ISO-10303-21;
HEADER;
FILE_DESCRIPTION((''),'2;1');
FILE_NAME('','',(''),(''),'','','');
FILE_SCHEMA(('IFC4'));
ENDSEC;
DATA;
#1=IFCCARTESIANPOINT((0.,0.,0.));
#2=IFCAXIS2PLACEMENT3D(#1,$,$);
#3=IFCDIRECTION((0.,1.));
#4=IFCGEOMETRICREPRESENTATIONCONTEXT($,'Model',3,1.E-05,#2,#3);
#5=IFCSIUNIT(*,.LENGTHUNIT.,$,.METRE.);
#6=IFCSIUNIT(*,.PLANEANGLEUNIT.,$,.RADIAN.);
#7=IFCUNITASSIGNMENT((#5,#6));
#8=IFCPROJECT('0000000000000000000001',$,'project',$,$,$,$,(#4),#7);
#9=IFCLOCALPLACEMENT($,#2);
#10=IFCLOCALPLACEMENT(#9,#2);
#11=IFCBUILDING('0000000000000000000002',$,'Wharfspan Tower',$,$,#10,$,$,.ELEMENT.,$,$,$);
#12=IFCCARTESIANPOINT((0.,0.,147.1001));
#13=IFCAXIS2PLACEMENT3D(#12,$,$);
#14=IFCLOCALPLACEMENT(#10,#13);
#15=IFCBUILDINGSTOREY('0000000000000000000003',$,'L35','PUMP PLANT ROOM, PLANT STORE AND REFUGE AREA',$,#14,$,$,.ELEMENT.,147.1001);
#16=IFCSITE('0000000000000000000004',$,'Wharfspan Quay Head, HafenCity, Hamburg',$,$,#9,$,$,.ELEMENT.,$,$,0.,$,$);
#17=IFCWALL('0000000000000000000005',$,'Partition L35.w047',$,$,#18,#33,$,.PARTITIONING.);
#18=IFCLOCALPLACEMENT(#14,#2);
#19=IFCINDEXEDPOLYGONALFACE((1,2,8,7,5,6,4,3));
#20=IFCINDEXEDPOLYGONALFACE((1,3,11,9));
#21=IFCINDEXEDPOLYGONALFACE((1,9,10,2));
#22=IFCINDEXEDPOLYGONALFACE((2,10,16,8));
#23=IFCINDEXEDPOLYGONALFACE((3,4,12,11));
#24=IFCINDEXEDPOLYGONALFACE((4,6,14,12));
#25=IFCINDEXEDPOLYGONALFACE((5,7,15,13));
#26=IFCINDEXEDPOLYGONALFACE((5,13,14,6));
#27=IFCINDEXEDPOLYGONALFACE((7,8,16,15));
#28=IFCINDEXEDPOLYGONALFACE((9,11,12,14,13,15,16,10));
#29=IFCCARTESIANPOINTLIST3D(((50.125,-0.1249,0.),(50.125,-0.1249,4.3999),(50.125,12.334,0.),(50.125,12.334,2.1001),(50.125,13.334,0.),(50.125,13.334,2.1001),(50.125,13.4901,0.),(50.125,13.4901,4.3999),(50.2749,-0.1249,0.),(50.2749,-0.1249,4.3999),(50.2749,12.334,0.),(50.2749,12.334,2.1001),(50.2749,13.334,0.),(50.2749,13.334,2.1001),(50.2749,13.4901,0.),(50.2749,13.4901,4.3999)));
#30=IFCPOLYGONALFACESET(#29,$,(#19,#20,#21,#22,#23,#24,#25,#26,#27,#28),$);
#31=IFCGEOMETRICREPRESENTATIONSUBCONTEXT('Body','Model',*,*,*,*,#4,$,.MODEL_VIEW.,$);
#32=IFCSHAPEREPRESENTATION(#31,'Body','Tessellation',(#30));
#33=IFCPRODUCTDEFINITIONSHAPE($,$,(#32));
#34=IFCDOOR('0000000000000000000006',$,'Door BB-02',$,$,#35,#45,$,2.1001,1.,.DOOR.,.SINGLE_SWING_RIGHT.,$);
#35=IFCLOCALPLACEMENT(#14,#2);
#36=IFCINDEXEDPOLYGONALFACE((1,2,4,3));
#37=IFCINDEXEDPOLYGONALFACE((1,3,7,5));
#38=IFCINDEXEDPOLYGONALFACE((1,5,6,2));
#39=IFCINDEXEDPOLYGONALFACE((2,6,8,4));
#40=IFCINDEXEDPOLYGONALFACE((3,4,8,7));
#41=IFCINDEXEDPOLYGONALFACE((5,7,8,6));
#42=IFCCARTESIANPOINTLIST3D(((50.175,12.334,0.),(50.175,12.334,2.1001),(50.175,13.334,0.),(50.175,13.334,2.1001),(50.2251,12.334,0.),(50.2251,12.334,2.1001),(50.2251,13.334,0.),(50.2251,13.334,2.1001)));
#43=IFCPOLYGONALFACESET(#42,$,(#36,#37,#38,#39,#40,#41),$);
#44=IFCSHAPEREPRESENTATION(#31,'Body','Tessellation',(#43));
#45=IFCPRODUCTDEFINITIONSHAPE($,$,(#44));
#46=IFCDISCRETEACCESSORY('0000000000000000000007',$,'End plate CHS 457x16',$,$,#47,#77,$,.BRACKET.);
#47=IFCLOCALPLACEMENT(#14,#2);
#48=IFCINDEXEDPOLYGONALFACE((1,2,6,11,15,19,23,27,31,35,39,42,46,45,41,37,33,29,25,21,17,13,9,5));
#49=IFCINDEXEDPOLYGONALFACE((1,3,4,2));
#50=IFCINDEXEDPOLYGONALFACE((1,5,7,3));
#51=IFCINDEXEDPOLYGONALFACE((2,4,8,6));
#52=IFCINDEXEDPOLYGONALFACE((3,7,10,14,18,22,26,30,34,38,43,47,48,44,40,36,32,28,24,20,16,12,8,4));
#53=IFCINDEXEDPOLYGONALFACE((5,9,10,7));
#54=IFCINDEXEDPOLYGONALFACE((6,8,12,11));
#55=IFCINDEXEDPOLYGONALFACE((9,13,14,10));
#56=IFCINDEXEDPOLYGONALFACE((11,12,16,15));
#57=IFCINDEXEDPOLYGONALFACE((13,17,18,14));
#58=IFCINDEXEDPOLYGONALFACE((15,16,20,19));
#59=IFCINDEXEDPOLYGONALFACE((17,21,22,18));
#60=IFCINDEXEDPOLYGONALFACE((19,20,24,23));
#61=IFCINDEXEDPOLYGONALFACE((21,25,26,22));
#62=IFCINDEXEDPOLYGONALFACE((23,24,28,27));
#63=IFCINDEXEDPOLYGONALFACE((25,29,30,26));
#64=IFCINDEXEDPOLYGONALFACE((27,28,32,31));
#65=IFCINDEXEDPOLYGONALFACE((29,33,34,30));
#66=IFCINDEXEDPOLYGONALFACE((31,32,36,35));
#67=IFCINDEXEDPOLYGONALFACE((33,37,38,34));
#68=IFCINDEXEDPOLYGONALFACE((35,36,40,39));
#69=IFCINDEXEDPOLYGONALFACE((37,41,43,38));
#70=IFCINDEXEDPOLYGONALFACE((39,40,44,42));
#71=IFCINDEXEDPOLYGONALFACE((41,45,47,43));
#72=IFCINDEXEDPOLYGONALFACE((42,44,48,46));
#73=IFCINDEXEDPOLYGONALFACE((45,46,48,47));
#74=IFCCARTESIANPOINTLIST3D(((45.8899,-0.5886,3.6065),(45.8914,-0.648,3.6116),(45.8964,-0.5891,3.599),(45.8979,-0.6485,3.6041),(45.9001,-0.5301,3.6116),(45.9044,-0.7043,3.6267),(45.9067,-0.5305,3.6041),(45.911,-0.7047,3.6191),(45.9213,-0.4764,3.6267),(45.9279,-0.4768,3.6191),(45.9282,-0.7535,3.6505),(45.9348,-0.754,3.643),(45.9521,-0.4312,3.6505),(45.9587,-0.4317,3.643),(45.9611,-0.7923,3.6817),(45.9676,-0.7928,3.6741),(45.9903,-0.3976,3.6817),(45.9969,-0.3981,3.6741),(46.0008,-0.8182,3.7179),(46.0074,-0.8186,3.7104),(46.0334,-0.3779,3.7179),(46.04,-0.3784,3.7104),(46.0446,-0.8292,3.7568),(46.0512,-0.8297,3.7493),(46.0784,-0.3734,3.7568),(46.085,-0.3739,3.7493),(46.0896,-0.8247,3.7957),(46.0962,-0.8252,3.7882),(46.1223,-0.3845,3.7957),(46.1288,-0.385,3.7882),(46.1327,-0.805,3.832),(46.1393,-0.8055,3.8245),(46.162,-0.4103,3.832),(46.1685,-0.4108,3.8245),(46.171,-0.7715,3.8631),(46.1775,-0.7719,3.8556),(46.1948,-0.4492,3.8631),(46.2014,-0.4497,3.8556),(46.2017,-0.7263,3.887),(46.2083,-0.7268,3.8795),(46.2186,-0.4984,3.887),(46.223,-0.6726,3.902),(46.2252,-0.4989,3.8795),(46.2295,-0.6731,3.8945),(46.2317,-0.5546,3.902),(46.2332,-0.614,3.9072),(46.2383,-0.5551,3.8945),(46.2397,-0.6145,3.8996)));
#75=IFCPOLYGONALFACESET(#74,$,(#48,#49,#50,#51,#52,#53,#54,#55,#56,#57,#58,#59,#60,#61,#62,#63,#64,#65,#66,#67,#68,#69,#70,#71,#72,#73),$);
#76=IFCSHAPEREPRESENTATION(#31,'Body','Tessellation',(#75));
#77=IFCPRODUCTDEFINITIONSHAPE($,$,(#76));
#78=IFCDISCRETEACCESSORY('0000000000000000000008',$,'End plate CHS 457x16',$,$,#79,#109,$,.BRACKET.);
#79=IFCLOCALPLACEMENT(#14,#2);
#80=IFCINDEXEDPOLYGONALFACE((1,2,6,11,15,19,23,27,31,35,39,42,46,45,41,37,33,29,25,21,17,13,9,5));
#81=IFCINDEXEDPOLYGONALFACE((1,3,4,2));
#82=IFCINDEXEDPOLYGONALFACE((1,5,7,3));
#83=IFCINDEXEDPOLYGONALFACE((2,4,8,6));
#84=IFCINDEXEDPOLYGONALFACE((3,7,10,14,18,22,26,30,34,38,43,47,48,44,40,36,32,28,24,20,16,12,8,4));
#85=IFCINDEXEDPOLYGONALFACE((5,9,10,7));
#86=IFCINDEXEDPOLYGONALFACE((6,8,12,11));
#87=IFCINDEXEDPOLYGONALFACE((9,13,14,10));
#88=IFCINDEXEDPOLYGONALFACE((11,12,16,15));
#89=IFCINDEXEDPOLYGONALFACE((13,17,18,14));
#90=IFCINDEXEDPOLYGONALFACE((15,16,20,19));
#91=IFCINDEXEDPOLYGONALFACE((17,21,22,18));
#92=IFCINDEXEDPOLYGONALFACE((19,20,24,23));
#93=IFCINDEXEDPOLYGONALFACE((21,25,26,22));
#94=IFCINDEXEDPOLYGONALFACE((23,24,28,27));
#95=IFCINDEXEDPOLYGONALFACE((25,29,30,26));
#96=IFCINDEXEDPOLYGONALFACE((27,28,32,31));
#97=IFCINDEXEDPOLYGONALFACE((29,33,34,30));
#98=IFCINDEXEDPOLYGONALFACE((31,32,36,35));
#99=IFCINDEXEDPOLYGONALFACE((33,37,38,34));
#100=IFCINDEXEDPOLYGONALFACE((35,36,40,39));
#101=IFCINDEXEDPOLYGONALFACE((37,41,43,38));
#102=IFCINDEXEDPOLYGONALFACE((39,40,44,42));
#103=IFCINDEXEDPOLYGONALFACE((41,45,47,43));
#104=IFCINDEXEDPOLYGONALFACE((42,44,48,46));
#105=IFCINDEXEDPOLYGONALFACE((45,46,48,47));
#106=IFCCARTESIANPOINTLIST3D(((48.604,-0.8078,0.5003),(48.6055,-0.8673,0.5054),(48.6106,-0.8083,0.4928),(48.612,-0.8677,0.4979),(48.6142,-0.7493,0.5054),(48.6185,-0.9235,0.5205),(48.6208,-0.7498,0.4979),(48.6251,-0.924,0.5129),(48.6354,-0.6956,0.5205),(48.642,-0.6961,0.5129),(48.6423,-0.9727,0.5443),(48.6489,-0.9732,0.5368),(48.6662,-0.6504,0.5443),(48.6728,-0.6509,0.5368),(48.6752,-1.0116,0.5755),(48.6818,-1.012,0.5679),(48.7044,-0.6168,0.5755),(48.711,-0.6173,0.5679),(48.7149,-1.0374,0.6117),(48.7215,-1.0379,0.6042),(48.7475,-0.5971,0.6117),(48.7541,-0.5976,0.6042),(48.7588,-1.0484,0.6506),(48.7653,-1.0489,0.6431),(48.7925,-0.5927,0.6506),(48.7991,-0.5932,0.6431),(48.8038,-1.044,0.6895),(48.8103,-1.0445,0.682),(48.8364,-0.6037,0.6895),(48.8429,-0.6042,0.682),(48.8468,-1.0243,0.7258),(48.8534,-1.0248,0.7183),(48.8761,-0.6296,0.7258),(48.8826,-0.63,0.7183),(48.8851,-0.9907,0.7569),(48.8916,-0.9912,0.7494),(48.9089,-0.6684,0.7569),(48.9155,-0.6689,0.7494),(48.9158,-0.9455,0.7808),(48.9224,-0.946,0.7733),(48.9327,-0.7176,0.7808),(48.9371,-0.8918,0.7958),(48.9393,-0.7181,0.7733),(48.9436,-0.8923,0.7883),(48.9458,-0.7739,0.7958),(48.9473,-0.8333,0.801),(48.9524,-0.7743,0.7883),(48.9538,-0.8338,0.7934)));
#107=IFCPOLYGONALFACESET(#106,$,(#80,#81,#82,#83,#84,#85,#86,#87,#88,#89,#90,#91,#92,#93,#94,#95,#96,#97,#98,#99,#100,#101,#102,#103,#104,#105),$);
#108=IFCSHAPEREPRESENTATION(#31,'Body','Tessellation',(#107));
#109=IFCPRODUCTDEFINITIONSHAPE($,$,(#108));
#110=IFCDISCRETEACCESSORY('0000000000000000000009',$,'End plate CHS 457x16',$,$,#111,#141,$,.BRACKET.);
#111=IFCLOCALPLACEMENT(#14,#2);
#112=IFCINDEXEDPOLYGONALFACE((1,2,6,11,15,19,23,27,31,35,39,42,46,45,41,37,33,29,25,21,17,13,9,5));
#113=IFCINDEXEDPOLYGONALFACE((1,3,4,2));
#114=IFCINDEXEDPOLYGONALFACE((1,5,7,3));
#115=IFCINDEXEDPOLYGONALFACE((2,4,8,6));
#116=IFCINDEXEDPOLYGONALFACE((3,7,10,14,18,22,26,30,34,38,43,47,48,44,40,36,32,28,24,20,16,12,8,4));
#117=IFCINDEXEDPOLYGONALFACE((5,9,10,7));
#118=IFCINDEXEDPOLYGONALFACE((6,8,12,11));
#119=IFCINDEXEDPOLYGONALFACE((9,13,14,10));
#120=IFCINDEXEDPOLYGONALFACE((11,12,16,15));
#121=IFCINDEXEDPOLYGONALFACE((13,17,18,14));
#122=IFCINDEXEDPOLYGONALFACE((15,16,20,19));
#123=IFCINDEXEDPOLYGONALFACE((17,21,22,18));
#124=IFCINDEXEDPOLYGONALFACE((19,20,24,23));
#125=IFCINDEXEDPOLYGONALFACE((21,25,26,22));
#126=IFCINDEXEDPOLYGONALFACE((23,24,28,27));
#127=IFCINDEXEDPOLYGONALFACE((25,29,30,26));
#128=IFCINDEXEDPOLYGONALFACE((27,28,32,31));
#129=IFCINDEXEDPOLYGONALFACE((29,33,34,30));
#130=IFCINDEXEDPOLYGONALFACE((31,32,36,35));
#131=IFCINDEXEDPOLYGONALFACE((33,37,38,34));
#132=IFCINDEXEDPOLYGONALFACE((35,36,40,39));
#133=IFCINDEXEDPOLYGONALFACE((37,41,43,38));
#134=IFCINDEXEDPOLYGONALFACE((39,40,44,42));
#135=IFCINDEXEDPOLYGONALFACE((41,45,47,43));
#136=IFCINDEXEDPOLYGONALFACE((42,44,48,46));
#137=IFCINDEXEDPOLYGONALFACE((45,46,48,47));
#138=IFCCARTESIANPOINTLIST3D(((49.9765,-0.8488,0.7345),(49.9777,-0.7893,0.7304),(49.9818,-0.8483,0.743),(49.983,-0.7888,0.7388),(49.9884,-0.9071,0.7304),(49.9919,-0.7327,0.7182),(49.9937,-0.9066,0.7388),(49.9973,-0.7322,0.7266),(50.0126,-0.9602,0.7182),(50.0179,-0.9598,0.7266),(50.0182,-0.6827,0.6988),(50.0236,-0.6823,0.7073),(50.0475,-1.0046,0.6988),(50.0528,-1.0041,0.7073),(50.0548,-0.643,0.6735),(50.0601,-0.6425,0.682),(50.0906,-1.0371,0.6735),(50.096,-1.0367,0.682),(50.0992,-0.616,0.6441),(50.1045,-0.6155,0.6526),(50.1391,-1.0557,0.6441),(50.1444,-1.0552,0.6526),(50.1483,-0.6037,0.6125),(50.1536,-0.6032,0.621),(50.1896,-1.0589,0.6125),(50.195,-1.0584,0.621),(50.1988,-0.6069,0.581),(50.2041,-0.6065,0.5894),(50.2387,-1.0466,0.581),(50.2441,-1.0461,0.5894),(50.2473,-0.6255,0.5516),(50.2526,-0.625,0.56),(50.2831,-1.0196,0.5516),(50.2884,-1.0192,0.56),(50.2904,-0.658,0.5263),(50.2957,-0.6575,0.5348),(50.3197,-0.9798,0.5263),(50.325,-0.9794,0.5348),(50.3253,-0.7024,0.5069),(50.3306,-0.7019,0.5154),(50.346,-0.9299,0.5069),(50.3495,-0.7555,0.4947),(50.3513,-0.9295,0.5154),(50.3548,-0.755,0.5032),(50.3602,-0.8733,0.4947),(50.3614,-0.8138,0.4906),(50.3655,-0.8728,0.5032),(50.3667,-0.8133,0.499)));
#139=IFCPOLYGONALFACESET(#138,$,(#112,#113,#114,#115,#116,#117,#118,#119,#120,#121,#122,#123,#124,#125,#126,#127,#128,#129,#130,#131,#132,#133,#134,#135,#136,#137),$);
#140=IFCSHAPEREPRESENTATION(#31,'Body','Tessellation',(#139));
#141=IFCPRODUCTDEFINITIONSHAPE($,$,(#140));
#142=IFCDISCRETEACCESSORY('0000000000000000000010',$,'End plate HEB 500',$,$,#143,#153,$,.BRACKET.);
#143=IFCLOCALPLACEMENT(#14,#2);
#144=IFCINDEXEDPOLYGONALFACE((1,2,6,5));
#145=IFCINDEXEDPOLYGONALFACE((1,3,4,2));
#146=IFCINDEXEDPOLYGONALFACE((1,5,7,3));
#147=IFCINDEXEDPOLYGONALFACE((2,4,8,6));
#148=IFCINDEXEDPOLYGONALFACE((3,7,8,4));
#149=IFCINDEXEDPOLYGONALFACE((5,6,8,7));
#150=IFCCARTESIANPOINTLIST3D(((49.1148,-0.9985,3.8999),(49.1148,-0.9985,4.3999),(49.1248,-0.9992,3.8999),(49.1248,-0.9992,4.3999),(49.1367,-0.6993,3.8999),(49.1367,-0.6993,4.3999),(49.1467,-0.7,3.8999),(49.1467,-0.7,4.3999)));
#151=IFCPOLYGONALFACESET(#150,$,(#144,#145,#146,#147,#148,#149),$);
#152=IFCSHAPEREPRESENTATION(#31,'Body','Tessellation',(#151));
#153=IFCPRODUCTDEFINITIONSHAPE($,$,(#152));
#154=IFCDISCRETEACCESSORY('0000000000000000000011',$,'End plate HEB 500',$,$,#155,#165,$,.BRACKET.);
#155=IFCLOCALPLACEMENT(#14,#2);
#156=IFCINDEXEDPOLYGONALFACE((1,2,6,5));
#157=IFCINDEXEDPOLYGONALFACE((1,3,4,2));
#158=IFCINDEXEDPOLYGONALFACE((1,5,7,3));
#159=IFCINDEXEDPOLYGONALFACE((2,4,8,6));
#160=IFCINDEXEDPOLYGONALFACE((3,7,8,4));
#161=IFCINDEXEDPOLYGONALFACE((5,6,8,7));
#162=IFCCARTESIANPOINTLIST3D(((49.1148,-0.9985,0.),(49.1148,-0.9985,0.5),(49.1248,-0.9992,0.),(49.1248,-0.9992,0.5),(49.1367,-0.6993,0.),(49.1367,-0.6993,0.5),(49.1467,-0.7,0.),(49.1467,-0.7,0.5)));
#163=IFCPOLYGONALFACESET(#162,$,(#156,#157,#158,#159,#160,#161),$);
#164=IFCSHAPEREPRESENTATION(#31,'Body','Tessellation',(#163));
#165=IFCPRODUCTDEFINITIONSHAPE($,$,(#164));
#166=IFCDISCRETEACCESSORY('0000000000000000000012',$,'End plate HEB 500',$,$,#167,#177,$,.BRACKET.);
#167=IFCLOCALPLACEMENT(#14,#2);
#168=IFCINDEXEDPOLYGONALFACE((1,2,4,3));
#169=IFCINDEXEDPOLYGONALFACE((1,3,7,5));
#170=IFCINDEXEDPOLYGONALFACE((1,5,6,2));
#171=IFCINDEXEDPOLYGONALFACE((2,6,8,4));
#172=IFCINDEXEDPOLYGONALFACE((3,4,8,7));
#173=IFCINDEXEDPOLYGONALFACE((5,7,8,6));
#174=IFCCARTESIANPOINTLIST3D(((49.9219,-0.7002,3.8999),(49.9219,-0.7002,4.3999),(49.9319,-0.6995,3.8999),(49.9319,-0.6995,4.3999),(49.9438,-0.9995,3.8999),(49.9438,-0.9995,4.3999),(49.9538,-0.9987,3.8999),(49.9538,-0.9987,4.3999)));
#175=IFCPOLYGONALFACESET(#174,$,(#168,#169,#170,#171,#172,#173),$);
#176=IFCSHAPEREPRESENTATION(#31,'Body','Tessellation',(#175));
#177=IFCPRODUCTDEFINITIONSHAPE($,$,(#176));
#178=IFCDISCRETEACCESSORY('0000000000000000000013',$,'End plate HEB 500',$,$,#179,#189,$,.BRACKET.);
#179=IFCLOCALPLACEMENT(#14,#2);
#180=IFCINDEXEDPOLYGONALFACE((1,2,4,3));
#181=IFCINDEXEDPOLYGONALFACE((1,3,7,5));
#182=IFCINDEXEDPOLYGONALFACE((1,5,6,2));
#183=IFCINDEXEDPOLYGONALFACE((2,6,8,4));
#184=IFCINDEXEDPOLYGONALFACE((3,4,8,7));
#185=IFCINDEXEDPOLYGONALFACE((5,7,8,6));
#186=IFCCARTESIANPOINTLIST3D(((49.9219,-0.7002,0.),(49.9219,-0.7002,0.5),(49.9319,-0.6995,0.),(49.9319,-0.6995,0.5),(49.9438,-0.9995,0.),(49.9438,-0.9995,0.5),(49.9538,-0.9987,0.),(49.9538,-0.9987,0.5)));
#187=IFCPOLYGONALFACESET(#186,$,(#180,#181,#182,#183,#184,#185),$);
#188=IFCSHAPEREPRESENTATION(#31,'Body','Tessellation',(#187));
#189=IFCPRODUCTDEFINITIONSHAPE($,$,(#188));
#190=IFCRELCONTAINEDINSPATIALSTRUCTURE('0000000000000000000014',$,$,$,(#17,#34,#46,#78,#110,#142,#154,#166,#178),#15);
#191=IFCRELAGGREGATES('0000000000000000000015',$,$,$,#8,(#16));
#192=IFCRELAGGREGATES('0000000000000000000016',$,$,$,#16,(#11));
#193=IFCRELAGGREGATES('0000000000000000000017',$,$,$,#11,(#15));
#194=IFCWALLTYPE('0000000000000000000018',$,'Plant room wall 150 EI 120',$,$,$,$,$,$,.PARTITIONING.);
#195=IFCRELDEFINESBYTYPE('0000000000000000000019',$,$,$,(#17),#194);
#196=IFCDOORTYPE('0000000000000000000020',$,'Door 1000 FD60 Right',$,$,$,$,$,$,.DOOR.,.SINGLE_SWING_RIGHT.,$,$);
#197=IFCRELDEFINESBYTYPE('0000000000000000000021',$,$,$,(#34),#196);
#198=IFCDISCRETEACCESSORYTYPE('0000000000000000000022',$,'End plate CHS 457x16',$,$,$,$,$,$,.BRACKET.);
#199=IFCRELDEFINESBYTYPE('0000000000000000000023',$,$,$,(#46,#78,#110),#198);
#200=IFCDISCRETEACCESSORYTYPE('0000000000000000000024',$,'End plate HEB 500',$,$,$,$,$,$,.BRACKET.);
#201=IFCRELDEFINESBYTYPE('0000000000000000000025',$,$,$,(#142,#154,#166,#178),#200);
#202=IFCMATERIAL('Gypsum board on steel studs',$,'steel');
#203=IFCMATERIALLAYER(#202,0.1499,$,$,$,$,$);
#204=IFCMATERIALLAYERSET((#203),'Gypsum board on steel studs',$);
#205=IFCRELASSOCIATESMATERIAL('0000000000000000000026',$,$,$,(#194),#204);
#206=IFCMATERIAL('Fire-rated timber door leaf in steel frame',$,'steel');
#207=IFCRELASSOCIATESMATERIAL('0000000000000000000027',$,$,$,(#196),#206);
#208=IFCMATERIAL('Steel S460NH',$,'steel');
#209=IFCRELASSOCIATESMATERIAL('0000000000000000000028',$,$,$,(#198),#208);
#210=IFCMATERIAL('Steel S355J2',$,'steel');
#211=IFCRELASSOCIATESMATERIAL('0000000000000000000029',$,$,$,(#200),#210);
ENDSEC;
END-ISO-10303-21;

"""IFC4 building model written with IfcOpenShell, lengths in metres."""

from ifc_helpers import new_model, si_unit, direction, frame, frame_2d, origin, origin_2d, place, context, subcontext, project, spatial, rectangle, circle, extrude, material, layer, layer_set, material_profile, profile_set, type_object, element, fill, save


model = new_model("IFC4")

# Units and contexts
model_context = context("Model", 3, precision=1e-05, world=origin(), true_north=direction((0.0, 1.0)))
body_context = subcontext(model_context, "Body", "Model", "MODEL_VIEW")
ifc_project = project(units=[si_unit("LENGTHUNIT", "METRE"), si_unit("PLANEANGLEUNIT", "RADIAN")], contexts=[model_context])

# Site, building, storey
site_placement = place(None, origin())
site = spatial("IfcSite", under=ifc_project, at=site_placement, Name="Wharfspan Quay Head, HafenCity, Hamburg", CompositionType="ELEMENT", RefElevation=0.0)
building_placement = place(site_placement, origin())
building = spatial("IfcBuilding", under=site, at=building_placement, Name="Wharfspan Tower", CompositionType="ELEMENT")
storey_placement = place(building_placement, frame((0.0, 0.0, 147.1001)))
storey = spatial("IfcBuildingStorey", under=building, at=storey_placement, Name="L35", Description="PUMP PLANT ROOM, PLANT STORE AND REFUGE AREA", CompositionType="ELEMENT", Elevation=147.1001)

# Shared definitions
ifc_material_1 = material(Name="Steel S355J2", Category="steel")

# Shared definitions
ifc_material_2 = material(Name="Steel S460NH", Category="steel")

# Shared definitions
ifc_material_3 = material(Name="Gypsum board on steel studs", Category="steel")
ifc_layer_1 = layer(ifc_material_3, 0.1499)
ifc_layer_set_1 = layer_set([ifc_layer_1], Name="Gypsum board on steel studs")
wall_type = type_object("IfcWallType", Name="Plant room wall 150 EI 120", PredefinedType="PARTITIONING", material=ifc_layer_set_1)

# Wall, opening, door
wall_1_placement = place(storey_placement, frame((50.2, -0.125, 0.0), z_axis=(0.0, 0.0, 1.0), x_axis=(0.0, 1.0, 0.0)))
wall_1 = element("IfcWall", 1, at=wall_1_placement, inside=storey, type_object=wall_type, Name="Partition L35.w047", PredefinedType="PARTITIONING", context=body_context, shape_type="SweptSolid", body=[
    extrude(rectangle(XDim=13.615, YDim=0.1499, at=frame_2d((6.8076, 0.0))), origin(), (0.0, 0.0, 1.0), 4.3999),
])
opening_placement = place(wall_1_placement, frame((12.459, 0.0, 0.0)))
opening = element("IfcOpeningElement", 2, at=opening_placement, cuts=wall_1, PredefinedType="OPENING", context=body_context, shape_type="SweptSolid", body=[
    extrude(rectangle(XDim=1.0, YDim=2.1001, at=frame_2d((0.5, 1.05))), frame((0.0, 0.085, 0.0), z_axis=(0.0, -1.0, 0.0), x_axis=(1.0, 0.0, 0.0)), (0.0, 0.0, 1.0), 0.1699),
])
ifc_material_4 = material(Name="Fire-rated timber door leaf in steel frame", Category="steel")
door_type = type_object("IfcDoorType", Name="Door 1000 FD60 Right", OperationType="SINGLE_SWING_RIGHT", PredefinedType="DOOR", material=ifc_material_4)
door_placement = place(opening_placement, origin())
door = element("IfcDoor", 3, at=door_placement, inside=storey, type_object=door_type, Name="Door BB-02", OperationType="SINGLE_SWING_RIGHT", OverallHeight=2.1001, OverallWidth=1.0, PredefinedType="DOOR", context=body_context, shape_type="SweptSolid", body=[
    extrude(rectangle(XDim=1.0, YDim=2.1001, at=frame_2d((0.5, 1.05))), frame((0.0, 0.0249, 0.0), z_axis=(0.0, -1.0, 0.0), x_axis=(1.0, 0.0, 0.0)), (0.0, 0.0, 1.0), 0.05),
])
fill(opening, door)

# Discrete accessories
ifc_material_profile_1 = material_profile(ifc_material_2, circle(Radius=0.2285, at=origin_2d()))
ifc_profile_set_1 = profile_set([ifc_material_profile_1], Name="Steel S460NH")
discrete_accessory_type_1 = type_object("IfcDiscreteAccessoryType", Name="End plate CHS 457x16", PredefinedType="BRACKET", material=ifc_profile_set_1)
for number, where, z_axis, x_axis, name in (
    (4, (46.0615, -0.6013, 3.7568), (0.656005, -0.048593, -0.753191), (0.073872, 0.997271, 0.0), "End plate CHS 457x16"),
    (5, (48.7756, -0.8206, 0.6506), (0.656005, -0.048593, -0.753191), (0.073872, 0.997271, 0.0), "End plate CHS 457x16"),
    (6, (50.1689, -0.8313, 0.6125), (0.53155, 0.048323, 0.845647), (-0.090535, 0.995897, -0.000001), "End plate CHS 457x16"),
):
    element("IfcDiscreteAccessory", number, at=place(storey_placement, frame(where, z_axis=z_axis, x_axis=x_axis)), inside=storey, type_object=discrete_accessory_type_1, Name=name, PredefinedType="BRACKET", context=body_context, shape_type="SweptSolid", body=[
        extrude(circle(Radius=0.2285, at=origin_2d()), origin(), (0.0, 0.0, 1.0), 0.01),
    ])
ifc_material_profile_2 = material_profile(ifc_material_1, rectangle(XDim=0.3, YDim=0.5, at=origin_2d()))
ifc_profile_set_2 = profile_set([ifc_material_profile_2], Name="Steel S355J2")
discrete_accessory_type_2 = type_object("IfcDiscreteAccessoryType", Name="End plate HEB 500", PredefinedType="BRACKET", material=ifc_profile_set_2)
for number, where, z_axis, x_axis, name in (
    (7, (49.1257, -0.8489, 4.1499), (0.997334, -0.072976, 0.0), (0.072976, 0.997334, 0.0), "End plate HEB 500"),
    (8, (49.1257, -0.8489, 0.25), (0.997334, -0.072976, 0.0), (0.072976, 0.997334, 0.0), "End plate HEB 500"),
    (9, (49.9329, -0.8499, 4.1499), (0.997334, 0.072976, 0.0), (-0.072976, 0.997334, 0.0), "End plate HEB 500"),
    (10, (49.9329, -0.8499, 0.25), (0.997334, 0.072976, 0.0), (-0.072976, 0.997334, 0.0), "End plate HEB 500"),
):
    element("IfcDiscreteAccessory", number, at=place(storey_placement, frame(where, z_axis=z_axis, x_axis=x_axis)), inside=storey, type_object=discrete_accessory_type_2, Name=name, PredefinedType="BRACKET", context=body_context, shape_type="SweptSolid", body=[
        extrude(rectangle(XDim=0.3, YDim=0.5, at=origin_2d()), origin(), (0.0, 0.0, 1.0), 0.01),
    ])

save(model, "model.ifc")
